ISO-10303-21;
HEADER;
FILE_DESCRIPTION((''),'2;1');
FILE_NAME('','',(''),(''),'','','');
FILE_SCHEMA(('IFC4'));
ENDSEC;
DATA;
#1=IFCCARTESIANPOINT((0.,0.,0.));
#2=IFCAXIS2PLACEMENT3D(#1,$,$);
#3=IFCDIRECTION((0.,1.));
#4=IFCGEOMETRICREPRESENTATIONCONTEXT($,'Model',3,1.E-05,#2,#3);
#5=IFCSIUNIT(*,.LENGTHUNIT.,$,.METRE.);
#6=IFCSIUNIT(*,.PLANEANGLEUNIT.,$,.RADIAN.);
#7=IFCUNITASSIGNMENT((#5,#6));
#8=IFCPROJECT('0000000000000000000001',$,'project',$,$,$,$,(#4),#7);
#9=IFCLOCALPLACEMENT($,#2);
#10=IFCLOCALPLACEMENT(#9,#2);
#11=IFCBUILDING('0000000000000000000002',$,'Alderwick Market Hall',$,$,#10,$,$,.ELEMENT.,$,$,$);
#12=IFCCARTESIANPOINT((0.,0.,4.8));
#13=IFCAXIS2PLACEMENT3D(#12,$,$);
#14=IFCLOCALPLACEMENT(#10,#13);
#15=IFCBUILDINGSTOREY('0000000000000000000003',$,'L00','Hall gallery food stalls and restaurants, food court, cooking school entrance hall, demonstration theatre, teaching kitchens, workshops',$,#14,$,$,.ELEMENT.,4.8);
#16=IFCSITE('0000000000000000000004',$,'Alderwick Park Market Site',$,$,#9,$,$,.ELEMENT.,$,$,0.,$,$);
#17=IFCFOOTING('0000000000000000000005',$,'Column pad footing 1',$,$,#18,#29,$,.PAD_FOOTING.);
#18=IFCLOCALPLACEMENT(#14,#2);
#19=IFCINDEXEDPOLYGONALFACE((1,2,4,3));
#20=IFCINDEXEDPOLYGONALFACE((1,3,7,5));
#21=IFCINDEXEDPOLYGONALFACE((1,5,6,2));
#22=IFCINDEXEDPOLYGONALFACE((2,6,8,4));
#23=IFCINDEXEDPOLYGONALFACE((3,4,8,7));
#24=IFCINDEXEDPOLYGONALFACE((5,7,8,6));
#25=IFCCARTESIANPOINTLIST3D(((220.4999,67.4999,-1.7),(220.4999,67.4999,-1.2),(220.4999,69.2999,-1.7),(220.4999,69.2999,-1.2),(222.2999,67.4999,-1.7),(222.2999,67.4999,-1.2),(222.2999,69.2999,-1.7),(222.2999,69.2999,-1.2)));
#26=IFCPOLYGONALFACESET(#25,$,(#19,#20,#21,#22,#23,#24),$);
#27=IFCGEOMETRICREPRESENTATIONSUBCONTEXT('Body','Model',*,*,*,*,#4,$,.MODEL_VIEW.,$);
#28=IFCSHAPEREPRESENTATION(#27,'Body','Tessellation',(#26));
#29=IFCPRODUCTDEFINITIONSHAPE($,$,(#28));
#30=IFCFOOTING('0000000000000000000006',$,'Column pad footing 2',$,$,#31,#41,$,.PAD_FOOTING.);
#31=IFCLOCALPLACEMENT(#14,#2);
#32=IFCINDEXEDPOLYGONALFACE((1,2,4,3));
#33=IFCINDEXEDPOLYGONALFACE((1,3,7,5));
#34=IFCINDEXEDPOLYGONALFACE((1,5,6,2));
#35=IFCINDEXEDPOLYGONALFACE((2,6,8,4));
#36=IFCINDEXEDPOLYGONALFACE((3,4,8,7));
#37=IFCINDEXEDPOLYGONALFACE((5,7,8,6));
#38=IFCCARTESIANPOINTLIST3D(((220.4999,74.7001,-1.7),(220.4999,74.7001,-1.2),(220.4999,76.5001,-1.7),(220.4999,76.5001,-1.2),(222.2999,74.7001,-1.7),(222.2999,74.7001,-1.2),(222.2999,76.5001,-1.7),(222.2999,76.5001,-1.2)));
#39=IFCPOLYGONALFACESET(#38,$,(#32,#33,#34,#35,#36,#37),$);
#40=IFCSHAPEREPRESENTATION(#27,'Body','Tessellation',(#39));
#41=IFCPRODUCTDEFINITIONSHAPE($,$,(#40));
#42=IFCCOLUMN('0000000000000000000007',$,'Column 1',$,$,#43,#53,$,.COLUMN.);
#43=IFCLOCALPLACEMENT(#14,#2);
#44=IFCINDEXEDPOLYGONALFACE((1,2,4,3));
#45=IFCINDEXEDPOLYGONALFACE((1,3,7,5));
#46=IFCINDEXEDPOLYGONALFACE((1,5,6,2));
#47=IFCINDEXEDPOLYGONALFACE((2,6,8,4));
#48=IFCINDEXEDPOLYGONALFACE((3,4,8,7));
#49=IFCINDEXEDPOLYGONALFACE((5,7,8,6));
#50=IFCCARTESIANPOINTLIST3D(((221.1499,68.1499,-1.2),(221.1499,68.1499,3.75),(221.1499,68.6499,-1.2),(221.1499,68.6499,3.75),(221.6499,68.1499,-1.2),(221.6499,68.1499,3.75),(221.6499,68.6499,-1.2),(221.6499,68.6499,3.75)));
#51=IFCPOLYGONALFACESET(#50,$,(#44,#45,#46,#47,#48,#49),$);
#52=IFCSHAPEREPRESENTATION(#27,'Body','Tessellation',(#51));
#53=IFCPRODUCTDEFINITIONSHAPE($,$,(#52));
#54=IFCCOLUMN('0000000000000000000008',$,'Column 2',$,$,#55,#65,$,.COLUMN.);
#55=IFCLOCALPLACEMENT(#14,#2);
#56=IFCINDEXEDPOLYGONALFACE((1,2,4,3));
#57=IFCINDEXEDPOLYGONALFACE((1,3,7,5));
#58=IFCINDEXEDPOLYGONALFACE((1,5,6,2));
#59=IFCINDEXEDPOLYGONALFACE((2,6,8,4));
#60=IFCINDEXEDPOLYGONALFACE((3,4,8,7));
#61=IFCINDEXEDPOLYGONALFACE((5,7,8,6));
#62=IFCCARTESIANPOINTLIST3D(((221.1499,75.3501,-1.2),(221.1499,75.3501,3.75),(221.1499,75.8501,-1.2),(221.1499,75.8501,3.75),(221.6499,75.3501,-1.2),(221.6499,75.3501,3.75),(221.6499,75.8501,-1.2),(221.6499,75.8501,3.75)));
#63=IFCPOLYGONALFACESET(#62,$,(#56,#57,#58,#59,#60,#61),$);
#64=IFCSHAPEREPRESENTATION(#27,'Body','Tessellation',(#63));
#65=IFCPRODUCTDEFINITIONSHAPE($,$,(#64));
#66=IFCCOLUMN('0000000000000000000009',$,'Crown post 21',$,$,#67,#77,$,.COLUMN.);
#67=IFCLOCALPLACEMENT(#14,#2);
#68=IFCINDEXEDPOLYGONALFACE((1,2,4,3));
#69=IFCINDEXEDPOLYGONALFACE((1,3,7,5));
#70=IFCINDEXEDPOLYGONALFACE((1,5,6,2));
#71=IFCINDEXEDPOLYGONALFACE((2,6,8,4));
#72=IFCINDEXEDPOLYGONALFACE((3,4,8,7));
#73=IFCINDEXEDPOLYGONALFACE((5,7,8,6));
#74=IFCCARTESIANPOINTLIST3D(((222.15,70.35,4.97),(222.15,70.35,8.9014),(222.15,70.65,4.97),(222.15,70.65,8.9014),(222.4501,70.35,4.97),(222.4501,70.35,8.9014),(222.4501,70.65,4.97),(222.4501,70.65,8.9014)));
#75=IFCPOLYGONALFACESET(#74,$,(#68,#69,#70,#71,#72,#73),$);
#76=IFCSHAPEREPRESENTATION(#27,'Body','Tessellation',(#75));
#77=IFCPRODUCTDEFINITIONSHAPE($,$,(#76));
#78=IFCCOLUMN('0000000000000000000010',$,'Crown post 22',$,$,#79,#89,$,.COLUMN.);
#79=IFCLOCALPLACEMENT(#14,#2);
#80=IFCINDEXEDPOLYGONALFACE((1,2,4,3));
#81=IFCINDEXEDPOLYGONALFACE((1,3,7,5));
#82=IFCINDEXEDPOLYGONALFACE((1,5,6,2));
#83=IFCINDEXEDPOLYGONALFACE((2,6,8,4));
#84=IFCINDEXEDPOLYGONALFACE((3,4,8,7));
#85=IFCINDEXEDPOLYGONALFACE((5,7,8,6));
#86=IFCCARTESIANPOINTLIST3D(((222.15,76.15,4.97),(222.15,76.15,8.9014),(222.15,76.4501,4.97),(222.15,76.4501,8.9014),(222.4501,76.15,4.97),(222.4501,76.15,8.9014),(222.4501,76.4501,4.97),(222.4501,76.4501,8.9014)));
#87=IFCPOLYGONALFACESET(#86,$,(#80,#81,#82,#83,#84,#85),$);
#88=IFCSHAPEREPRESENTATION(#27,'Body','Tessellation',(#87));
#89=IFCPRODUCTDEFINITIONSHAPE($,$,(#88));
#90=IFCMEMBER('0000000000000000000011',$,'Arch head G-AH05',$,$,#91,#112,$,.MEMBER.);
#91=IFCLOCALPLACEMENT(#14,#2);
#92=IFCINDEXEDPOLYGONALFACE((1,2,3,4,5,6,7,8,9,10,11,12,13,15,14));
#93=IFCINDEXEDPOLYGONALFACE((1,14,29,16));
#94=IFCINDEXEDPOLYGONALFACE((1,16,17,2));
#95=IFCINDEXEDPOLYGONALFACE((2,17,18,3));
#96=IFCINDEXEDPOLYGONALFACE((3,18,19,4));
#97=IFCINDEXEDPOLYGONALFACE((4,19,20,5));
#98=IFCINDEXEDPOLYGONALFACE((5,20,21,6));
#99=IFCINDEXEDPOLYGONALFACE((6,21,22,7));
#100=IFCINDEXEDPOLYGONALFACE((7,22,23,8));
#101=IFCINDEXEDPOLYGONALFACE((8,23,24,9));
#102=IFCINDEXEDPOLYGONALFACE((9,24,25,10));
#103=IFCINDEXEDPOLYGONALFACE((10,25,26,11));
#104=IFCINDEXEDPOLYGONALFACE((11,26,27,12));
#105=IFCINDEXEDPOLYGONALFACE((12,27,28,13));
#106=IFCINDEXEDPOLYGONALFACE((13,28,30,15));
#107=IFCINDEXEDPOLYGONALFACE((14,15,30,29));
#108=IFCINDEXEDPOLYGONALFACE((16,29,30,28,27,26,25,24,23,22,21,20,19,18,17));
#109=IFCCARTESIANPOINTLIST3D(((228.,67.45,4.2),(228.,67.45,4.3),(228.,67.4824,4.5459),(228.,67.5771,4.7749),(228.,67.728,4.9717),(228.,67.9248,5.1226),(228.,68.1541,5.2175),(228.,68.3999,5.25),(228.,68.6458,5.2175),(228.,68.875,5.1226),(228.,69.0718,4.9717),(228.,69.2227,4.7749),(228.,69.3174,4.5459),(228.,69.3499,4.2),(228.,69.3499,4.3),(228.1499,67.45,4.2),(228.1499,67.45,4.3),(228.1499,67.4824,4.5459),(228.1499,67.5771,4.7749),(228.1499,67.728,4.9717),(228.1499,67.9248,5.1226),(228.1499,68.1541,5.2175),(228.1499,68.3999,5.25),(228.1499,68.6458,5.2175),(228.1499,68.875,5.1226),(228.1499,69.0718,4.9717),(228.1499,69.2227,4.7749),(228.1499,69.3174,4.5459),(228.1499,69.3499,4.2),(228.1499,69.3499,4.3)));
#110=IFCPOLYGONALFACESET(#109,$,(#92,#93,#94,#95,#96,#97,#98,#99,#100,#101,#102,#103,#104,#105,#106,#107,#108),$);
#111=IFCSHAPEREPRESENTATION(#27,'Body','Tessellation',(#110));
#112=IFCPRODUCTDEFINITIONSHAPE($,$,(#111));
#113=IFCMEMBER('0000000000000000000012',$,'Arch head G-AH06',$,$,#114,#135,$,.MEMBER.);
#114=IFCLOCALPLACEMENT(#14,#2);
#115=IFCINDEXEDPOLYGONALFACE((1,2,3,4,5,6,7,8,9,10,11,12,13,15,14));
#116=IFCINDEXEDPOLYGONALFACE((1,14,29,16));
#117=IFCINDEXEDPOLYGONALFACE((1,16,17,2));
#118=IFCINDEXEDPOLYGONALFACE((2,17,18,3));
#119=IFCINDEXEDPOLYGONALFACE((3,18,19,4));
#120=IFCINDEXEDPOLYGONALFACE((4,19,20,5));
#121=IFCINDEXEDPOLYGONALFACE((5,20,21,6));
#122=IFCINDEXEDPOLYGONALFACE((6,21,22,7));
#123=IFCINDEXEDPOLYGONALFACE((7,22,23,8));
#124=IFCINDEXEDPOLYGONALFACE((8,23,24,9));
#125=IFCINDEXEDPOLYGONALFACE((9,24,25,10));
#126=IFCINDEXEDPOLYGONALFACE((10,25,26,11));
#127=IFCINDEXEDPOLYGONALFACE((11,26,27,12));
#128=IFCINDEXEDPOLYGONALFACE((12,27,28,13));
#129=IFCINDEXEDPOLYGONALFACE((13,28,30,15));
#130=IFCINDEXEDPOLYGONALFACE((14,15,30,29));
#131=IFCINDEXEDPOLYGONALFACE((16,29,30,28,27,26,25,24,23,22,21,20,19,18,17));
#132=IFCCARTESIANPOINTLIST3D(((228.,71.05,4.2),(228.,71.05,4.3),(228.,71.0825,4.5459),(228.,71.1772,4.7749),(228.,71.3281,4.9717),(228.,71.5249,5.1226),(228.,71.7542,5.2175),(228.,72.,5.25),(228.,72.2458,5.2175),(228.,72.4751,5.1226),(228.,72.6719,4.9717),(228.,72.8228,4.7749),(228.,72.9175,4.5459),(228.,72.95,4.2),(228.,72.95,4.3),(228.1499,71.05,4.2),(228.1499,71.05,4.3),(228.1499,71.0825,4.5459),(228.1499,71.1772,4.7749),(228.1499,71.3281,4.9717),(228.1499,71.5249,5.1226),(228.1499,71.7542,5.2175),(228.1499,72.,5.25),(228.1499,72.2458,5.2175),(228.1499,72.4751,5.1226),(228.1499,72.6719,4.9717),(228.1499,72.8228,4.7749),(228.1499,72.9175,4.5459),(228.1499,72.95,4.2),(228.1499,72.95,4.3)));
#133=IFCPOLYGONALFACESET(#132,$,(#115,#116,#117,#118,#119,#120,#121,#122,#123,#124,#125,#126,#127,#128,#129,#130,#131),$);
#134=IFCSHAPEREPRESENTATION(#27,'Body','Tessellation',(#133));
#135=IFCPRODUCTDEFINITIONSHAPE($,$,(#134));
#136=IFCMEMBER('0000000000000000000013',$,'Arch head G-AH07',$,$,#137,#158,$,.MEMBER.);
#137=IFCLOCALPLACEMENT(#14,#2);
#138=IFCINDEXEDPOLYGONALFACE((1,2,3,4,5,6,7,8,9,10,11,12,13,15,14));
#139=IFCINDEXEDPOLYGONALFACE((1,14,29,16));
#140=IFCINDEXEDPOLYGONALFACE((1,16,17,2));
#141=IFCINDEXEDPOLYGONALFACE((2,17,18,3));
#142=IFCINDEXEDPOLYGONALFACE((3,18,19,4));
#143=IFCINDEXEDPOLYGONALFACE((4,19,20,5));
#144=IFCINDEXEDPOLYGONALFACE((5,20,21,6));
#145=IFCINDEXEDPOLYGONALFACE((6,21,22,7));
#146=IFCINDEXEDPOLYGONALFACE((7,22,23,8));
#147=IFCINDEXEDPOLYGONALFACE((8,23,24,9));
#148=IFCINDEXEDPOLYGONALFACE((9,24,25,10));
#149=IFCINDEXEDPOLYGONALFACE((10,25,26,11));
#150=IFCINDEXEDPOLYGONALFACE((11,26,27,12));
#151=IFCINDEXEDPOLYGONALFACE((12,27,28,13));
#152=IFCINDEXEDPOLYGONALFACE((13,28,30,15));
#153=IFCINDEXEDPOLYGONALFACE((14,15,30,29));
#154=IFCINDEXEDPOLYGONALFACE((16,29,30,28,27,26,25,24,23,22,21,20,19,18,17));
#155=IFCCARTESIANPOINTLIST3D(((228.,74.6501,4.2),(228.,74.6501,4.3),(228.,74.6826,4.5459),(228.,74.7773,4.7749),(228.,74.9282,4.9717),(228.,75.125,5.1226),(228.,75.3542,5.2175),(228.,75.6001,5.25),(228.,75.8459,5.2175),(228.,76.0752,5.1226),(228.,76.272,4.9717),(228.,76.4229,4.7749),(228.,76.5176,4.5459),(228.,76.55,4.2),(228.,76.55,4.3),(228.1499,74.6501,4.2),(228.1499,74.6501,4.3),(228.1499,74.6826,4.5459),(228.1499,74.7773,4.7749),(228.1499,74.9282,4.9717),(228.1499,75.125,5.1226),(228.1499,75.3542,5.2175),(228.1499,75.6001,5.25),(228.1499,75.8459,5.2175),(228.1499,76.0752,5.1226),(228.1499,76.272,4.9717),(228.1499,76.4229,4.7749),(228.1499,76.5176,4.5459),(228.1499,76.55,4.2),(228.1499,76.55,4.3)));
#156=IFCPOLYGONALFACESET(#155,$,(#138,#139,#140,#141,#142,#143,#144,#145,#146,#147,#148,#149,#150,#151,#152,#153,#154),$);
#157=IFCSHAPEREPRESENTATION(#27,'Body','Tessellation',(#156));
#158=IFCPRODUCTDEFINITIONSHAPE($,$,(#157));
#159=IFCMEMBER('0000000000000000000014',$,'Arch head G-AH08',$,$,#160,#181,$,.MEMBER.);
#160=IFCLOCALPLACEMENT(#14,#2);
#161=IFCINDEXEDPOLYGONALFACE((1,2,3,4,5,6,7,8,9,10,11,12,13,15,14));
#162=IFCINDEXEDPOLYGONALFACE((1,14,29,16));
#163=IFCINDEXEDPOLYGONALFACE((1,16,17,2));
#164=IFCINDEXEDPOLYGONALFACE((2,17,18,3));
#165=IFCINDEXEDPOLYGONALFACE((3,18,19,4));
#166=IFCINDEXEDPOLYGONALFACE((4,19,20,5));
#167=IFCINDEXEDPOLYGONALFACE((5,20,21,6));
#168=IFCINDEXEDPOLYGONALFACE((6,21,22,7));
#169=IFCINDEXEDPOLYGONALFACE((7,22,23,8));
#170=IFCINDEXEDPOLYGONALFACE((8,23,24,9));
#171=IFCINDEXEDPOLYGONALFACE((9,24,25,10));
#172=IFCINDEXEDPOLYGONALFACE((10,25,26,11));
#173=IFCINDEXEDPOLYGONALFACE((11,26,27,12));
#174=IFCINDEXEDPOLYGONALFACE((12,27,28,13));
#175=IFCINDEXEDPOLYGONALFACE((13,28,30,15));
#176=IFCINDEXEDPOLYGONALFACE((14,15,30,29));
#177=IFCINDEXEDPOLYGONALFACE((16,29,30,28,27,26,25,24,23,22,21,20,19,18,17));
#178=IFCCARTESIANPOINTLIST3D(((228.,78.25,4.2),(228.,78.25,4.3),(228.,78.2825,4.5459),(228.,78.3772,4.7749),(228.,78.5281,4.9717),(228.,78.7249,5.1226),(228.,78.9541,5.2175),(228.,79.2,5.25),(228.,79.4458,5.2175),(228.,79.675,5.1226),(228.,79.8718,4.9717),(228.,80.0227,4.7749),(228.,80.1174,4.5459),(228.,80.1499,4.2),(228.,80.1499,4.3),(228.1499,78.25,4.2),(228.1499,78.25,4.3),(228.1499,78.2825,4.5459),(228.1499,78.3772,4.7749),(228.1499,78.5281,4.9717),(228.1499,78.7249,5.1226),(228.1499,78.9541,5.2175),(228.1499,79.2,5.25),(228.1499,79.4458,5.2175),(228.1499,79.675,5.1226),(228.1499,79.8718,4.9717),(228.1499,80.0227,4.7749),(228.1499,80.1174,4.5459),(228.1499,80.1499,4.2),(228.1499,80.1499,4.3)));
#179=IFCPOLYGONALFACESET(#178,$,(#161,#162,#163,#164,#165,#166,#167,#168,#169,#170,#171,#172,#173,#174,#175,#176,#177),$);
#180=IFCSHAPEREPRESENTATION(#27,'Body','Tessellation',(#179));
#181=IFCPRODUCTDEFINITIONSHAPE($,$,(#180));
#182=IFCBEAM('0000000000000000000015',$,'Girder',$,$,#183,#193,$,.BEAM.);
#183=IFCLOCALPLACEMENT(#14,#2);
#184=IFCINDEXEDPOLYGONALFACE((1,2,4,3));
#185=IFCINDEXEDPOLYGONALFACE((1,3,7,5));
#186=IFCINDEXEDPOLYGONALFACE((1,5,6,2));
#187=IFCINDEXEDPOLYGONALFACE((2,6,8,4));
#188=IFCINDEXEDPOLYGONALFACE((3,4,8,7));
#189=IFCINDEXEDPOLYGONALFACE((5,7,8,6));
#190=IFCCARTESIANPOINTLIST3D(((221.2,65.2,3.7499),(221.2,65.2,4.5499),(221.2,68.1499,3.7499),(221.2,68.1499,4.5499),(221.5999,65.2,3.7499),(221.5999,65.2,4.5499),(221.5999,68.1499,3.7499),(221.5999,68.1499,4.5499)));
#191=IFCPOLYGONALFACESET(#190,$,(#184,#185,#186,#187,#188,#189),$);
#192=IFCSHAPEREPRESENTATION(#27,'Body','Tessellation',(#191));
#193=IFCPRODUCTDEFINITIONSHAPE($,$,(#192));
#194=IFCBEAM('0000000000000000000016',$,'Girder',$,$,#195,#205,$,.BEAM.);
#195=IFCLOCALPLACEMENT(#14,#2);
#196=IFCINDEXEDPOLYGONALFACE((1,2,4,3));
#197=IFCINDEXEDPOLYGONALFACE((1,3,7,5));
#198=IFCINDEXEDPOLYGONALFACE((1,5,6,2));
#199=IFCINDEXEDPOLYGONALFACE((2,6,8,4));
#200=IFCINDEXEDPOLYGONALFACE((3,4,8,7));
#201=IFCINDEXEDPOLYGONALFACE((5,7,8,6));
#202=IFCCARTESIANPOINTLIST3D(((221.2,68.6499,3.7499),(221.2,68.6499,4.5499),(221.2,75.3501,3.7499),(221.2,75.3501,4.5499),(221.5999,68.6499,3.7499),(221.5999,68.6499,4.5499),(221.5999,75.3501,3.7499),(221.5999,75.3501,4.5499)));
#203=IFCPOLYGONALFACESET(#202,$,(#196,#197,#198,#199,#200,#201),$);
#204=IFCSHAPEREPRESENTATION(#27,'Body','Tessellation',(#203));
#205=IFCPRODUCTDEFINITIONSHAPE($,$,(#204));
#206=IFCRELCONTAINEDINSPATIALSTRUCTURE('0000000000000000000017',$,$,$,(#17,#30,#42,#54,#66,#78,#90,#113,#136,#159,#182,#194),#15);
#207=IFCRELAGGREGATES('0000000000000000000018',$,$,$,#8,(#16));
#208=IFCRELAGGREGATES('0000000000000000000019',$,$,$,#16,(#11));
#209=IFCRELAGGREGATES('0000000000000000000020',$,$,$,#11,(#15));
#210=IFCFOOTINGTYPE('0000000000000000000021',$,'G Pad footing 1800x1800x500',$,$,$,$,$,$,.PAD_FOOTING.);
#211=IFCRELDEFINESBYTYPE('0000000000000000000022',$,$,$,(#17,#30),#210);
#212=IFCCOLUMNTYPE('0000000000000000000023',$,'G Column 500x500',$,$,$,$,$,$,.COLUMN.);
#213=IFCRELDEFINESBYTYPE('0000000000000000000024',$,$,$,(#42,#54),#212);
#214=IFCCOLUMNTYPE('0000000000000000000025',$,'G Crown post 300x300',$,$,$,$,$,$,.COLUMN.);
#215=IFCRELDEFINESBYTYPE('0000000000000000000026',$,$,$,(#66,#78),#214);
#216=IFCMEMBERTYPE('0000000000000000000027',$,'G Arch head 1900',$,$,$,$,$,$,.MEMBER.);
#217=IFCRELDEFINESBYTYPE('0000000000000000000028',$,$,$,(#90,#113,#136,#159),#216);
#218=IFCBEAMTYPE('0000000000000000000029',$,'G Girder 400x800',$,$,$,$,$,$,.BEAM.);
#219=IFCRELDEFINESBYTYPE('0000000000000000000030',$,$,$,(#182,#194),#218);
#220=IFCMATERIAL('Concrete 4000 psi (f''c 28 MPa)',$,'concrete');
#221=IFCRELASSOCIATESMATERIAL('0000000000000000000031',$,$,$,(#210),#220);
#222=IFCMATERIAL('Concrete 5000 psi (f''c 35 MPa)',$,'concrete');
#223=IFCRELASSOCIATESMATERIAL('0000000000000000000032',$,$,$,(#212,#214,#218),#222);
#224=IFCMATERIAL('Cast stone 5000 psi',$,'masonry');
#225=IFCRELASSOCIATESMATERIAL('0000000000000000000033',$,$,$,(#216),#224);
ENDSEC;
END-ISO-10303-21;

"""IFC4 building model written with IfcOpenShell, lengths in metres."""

from ifc_helpers import new_model, si_unit, direction, frame, origin, origin_2d, place, context, subcontext, project, spatial, polyline, rectangle, outline, extrude, material, material_profile, profile_set, type_object, element, save


model = new_model("IFC4")

# Units and contexts
model_context = context("Model", 3, precision=1e-05, world=origin(), true_north=direction((0.0, 1.0)))
body_context = subcontext(model_context, "Body", "Model", "MODEL_VIEW")
ifc_project = project(units=[si_unit("LENGTHUNIT", "METRE"), si_unit("PLANEANGLEUNIT", "RADIAN")], contexts=[model_context])

# Site, building, storey
site_placement = place(None, origin())
site = spatial("IfcSite", under=ifc_project, at=site_placement, Name="Alderwick Park Market Site", CompositionType="ELEMENT", RefElevation=0.0)
building_placement = place(site_placement, origin())
building = spatial("IfcBuilding", under=site, at=building_placement, Name="Alderwick Market Hall", CompositionType="ELEMENT")
storey_placement = place(building_placement, frame((0.0, 0.0, 4.8)))
storey = spatial("IfcBuildingStorey", under=building, at=storey_placement, Name="L00", Description="Hall gallery food stalls and restaurants, food court, cooking school entrance hall, demonstration theatre, teaching kitchens, workshops", CompositionType="ELEMENT", Elevation=4.8)

# Footings
ifc_material_1 = material(Name="Concrete 4000 psi (f'c 28 MPa)", Category="concrete")
footing_type = type_object("IfcFootingType", Name="G Pad footing 1800x1800x500", PredefinedType="PAD_FOOTING", material=ifc_material_1)
for number, where, z_axis, x_axis, name in (
    (1, (221.3999, 68.3999, -1.7), (0.0, 0.0, 1.0), (1.0, 0.0, 0.0), "Column pad footing 1"),
    (2, (221.3999, 75.6001, -1.7), (0.0, 0.0, 1.0), (1.0, 0.0, 0.0), "Column pad footing 2"),
):
    element("IfcFooting", number, at=place(storey_placement, frame(where, z_axis=z_axis, x_axis=x_axis)), inside=storey, type_object=footing_type, Name=name, PredefinedType="PAD_FOOTING", context=body_context, shape_type="SweptSolid", body=[
        extrude(rectangle(XDim=1.8, YDim=1.8, at=origin_2d()), origin(), (0.0, 0.0, 1.0), 0.5),
    ])

# Columns
ifc_material_2 = material(Name="Concrete 5000 psi (f'c 35 MPa)", Category="concrete")
ifc_material_profile_1 = material_profile(ifc_material_2, rectangle(XDim=0.5, YDim=0.5, at=origin_2d()), Name="RC 500x500")
ifc_profile_set_1 = profile_set([ifc_material_profile_1], Name="Concrete 5000 psi (f'c 35 MPa)")
column_type_1 = type_object("IfcColumnType", Name="G Column 500x500", PredefinedType="COLUMN", material=ifc_profile_set_1)
for number, where, z_axis, x_axis, name in (
    (3, (221.3999, 68.3999, -1.2), (0.0, 0.0, 1.0), (1.0, 0.0, 0.0), "Column 1"),
    (4, (221.3999, 75.6001, -1.2), (0.0, 0.0, 1.0), (1.0, 0.0, 0.0), "Column 2"),
):
    element("IfcColumn", number, at=place(storey_placement, frame(where, z_axis=z_axis, x_axis=x_axis)), inside=storey, type_object=column_type_1, Name=name, PredefinedType="COLUMN", context=body_context, shape_type="SweptSolid", body=[
        extrude(rectangle(XDim=0.5, YDim=0.5, at=origin_2d()), origin(), (0.0, 0.0, 1.0), 4.95),
    ])
ifc_material_profile_2 = material_profile(ifc_material_2, rectangle(XDim=0.3, YDim=0.3, at=origin_2d()), Name="RC 300x300")
ifc_profile_set_2 = profile_set([ifc_material_profile_2], Name="Concrete 5000 psi (f'c 35 MPa)")
column_type_2 = type_object("IfcColumnType", Name="G Crown post 300x300", PredefinedType="COLUMN", material=ifc_profile_set_2)
for number, where, z_axis, x_axis, name in (
    (5, (222.3, 70.5, 4.97), (0.0, 0.0, 1.0), (1.0, 0.0, 0.0), "Crown post 21"),
    (6, (222.3, 76.3, 4.97), (0.0, 0.0, 1.0), (1.0, 0.0, 0.0), "Crown post 22"),
):
    element("IfcColumn", number, at=place(storey_placement, frame(where, z_axis=z_axis, x_axis=x_axis)), inside=storey, type_object=column_type_2, Name=name, PredefinedType="COLUMN", context=body_context, shape_type="SweptSolid", body=[
        extrude(rectangle(XDim=0.3, YDim=0.3, at=origin_2d()), origin(), (0.0, 0.0, 1.0), 3.9314),
    ])

# Members
ifc_material_3 = material(Name="Cast stone 5000 psi", Category="masonry")
ifc_material_profile_3 = material_profile(ifc_material_3, outline(polyline([(-0.95, 0.0), (0.95, 0.0), (0.95, 0.1001), (0.9175, 0.3459), (0.8228, 0.575), (0.6719, 0.7717), (0.4751, 0.9226), (0.2458, 1.0176), (0.0, 1.05), (-0.2458, 1.0176), (-0.4751, 0.9226), (-0.6719, 0.7717), (-0.8228, 0.575), (-0.9175, 0.3459), (-0.95, 0.1001), (-0.95, 0.0)])), Name="Cast stone arch head 1900")
ifc_profile_set_3 = profile_set([ifc_material_profile_3], Name="Cast stone 5000 psi")
member_type = type_object("IfcMemberType", Name="G Arch head 1900", PredefinedType="MEMBER", material=ifc_profile_set_3)
for number, where, z_axis, x_axis, name in (
    (7, (228.0, 68.3999, 4.2), (1.0, 0.0, 0.0), (0.0, 1.0, 0.0), "Arch head G-AH05"),
    (8, (228.0, 72.0, 4.2), (1.0, 0.0, 0.0), (0.0, 1.0, 0.0), "Arch head G-AH06"),
    (9, (228.0, 75.6001, 4.2), (1.0, 0.0, 0.0), (0.0, 1.0, 0.0), "Arch head G-AH07"),
    (10, (228.0, 79.2, 4.2), (1.0, 0.0, 0.0), (0.0, 1.0, 0.0), "Arch head G-AH08"),
):
    element("IfcMember", number, at=place(storey_placement, frame(where, z_axis=z_axis, x_axis=x_axis)), inside=storey, type_object=member_type, Name=name, PredefinedType="MEMBER", context=body_context, shape_type="SweptSolid", body=[
        extrude(outline(polyline([(-0.95, 0.0), (0.95, 0.0), (0.95, 0.1001), (0.9175, 0.3459), (0.8228, 0.575), (0.6719, 0.7717), (0.4751, 0.9226), (0.2458, 1.0176), (0.0, 1.05), (-0.2458, 1.0176), (-0.4751, 0.9226), (-0.6719, 0.7717), (-0.8228, 0.575), (-0.9175, 0.3459), (-0.95, 0.1001), (-0.95, 0.0)])), origin(), (0.0, 0.0, 1.0), 0.1499),
    ])

# Beams
ifc_material_profile_4 = material_profile(ifc_material_2, rectangle(XDim=0.3999, YDim=0.8, at=origin_2d()), Name="RC 400x800")
ifc_profile_set_4 = profile_set([ifc_material_profile_4], Name="Concrete 5000 psi (f'c 35 MPa)")
beam_type_1 = type_object("IfcBeamType", Name="G Girder 400x800", PredefinedType="BEAM", material=ifc_profile_set_4)
beam_1_placement = place(storey_placement, frame((221.3999, 65.2, 4.1499), z_axis=(0.0, 1.0, 0.0), x_axis=(-1.0, 0.0, 0.0)))
element("IfcBeam", 11, at=beam_1_placement, inside=storey, type_object=beam_type_1, Name="Girder", PredefinedType="BEAM", context=body_context, shape_type="SweptSolid", body=[
    extrude(rectangle(XDim=0.3999, YDim=0.8, at=origin_2d()), origin(), (0.0, 0.0, 1.0), 2.95),
])
beam_2_placement = place(storey_placement, frame((221.3999, 68.6499, 4.1499), z_axis=(0.0, 1.0, 0.0), x_axis=(-1.0, 0.0, 0.0)))
element("IfcBeam", 12, at=beam_2_placement, inside=storey, type_object=beam_type_1, Name="Girder", PredefinedType="BEAM", context=body_context, shape_type="SweptSolid", body=[
    extrude(rectangle(XDim=0.3999, YDim=0.8, at=origin_2d()), origin(), (0.0, 0.0, 1.0), 6.7002),
])

save(model, "model.ifc")
